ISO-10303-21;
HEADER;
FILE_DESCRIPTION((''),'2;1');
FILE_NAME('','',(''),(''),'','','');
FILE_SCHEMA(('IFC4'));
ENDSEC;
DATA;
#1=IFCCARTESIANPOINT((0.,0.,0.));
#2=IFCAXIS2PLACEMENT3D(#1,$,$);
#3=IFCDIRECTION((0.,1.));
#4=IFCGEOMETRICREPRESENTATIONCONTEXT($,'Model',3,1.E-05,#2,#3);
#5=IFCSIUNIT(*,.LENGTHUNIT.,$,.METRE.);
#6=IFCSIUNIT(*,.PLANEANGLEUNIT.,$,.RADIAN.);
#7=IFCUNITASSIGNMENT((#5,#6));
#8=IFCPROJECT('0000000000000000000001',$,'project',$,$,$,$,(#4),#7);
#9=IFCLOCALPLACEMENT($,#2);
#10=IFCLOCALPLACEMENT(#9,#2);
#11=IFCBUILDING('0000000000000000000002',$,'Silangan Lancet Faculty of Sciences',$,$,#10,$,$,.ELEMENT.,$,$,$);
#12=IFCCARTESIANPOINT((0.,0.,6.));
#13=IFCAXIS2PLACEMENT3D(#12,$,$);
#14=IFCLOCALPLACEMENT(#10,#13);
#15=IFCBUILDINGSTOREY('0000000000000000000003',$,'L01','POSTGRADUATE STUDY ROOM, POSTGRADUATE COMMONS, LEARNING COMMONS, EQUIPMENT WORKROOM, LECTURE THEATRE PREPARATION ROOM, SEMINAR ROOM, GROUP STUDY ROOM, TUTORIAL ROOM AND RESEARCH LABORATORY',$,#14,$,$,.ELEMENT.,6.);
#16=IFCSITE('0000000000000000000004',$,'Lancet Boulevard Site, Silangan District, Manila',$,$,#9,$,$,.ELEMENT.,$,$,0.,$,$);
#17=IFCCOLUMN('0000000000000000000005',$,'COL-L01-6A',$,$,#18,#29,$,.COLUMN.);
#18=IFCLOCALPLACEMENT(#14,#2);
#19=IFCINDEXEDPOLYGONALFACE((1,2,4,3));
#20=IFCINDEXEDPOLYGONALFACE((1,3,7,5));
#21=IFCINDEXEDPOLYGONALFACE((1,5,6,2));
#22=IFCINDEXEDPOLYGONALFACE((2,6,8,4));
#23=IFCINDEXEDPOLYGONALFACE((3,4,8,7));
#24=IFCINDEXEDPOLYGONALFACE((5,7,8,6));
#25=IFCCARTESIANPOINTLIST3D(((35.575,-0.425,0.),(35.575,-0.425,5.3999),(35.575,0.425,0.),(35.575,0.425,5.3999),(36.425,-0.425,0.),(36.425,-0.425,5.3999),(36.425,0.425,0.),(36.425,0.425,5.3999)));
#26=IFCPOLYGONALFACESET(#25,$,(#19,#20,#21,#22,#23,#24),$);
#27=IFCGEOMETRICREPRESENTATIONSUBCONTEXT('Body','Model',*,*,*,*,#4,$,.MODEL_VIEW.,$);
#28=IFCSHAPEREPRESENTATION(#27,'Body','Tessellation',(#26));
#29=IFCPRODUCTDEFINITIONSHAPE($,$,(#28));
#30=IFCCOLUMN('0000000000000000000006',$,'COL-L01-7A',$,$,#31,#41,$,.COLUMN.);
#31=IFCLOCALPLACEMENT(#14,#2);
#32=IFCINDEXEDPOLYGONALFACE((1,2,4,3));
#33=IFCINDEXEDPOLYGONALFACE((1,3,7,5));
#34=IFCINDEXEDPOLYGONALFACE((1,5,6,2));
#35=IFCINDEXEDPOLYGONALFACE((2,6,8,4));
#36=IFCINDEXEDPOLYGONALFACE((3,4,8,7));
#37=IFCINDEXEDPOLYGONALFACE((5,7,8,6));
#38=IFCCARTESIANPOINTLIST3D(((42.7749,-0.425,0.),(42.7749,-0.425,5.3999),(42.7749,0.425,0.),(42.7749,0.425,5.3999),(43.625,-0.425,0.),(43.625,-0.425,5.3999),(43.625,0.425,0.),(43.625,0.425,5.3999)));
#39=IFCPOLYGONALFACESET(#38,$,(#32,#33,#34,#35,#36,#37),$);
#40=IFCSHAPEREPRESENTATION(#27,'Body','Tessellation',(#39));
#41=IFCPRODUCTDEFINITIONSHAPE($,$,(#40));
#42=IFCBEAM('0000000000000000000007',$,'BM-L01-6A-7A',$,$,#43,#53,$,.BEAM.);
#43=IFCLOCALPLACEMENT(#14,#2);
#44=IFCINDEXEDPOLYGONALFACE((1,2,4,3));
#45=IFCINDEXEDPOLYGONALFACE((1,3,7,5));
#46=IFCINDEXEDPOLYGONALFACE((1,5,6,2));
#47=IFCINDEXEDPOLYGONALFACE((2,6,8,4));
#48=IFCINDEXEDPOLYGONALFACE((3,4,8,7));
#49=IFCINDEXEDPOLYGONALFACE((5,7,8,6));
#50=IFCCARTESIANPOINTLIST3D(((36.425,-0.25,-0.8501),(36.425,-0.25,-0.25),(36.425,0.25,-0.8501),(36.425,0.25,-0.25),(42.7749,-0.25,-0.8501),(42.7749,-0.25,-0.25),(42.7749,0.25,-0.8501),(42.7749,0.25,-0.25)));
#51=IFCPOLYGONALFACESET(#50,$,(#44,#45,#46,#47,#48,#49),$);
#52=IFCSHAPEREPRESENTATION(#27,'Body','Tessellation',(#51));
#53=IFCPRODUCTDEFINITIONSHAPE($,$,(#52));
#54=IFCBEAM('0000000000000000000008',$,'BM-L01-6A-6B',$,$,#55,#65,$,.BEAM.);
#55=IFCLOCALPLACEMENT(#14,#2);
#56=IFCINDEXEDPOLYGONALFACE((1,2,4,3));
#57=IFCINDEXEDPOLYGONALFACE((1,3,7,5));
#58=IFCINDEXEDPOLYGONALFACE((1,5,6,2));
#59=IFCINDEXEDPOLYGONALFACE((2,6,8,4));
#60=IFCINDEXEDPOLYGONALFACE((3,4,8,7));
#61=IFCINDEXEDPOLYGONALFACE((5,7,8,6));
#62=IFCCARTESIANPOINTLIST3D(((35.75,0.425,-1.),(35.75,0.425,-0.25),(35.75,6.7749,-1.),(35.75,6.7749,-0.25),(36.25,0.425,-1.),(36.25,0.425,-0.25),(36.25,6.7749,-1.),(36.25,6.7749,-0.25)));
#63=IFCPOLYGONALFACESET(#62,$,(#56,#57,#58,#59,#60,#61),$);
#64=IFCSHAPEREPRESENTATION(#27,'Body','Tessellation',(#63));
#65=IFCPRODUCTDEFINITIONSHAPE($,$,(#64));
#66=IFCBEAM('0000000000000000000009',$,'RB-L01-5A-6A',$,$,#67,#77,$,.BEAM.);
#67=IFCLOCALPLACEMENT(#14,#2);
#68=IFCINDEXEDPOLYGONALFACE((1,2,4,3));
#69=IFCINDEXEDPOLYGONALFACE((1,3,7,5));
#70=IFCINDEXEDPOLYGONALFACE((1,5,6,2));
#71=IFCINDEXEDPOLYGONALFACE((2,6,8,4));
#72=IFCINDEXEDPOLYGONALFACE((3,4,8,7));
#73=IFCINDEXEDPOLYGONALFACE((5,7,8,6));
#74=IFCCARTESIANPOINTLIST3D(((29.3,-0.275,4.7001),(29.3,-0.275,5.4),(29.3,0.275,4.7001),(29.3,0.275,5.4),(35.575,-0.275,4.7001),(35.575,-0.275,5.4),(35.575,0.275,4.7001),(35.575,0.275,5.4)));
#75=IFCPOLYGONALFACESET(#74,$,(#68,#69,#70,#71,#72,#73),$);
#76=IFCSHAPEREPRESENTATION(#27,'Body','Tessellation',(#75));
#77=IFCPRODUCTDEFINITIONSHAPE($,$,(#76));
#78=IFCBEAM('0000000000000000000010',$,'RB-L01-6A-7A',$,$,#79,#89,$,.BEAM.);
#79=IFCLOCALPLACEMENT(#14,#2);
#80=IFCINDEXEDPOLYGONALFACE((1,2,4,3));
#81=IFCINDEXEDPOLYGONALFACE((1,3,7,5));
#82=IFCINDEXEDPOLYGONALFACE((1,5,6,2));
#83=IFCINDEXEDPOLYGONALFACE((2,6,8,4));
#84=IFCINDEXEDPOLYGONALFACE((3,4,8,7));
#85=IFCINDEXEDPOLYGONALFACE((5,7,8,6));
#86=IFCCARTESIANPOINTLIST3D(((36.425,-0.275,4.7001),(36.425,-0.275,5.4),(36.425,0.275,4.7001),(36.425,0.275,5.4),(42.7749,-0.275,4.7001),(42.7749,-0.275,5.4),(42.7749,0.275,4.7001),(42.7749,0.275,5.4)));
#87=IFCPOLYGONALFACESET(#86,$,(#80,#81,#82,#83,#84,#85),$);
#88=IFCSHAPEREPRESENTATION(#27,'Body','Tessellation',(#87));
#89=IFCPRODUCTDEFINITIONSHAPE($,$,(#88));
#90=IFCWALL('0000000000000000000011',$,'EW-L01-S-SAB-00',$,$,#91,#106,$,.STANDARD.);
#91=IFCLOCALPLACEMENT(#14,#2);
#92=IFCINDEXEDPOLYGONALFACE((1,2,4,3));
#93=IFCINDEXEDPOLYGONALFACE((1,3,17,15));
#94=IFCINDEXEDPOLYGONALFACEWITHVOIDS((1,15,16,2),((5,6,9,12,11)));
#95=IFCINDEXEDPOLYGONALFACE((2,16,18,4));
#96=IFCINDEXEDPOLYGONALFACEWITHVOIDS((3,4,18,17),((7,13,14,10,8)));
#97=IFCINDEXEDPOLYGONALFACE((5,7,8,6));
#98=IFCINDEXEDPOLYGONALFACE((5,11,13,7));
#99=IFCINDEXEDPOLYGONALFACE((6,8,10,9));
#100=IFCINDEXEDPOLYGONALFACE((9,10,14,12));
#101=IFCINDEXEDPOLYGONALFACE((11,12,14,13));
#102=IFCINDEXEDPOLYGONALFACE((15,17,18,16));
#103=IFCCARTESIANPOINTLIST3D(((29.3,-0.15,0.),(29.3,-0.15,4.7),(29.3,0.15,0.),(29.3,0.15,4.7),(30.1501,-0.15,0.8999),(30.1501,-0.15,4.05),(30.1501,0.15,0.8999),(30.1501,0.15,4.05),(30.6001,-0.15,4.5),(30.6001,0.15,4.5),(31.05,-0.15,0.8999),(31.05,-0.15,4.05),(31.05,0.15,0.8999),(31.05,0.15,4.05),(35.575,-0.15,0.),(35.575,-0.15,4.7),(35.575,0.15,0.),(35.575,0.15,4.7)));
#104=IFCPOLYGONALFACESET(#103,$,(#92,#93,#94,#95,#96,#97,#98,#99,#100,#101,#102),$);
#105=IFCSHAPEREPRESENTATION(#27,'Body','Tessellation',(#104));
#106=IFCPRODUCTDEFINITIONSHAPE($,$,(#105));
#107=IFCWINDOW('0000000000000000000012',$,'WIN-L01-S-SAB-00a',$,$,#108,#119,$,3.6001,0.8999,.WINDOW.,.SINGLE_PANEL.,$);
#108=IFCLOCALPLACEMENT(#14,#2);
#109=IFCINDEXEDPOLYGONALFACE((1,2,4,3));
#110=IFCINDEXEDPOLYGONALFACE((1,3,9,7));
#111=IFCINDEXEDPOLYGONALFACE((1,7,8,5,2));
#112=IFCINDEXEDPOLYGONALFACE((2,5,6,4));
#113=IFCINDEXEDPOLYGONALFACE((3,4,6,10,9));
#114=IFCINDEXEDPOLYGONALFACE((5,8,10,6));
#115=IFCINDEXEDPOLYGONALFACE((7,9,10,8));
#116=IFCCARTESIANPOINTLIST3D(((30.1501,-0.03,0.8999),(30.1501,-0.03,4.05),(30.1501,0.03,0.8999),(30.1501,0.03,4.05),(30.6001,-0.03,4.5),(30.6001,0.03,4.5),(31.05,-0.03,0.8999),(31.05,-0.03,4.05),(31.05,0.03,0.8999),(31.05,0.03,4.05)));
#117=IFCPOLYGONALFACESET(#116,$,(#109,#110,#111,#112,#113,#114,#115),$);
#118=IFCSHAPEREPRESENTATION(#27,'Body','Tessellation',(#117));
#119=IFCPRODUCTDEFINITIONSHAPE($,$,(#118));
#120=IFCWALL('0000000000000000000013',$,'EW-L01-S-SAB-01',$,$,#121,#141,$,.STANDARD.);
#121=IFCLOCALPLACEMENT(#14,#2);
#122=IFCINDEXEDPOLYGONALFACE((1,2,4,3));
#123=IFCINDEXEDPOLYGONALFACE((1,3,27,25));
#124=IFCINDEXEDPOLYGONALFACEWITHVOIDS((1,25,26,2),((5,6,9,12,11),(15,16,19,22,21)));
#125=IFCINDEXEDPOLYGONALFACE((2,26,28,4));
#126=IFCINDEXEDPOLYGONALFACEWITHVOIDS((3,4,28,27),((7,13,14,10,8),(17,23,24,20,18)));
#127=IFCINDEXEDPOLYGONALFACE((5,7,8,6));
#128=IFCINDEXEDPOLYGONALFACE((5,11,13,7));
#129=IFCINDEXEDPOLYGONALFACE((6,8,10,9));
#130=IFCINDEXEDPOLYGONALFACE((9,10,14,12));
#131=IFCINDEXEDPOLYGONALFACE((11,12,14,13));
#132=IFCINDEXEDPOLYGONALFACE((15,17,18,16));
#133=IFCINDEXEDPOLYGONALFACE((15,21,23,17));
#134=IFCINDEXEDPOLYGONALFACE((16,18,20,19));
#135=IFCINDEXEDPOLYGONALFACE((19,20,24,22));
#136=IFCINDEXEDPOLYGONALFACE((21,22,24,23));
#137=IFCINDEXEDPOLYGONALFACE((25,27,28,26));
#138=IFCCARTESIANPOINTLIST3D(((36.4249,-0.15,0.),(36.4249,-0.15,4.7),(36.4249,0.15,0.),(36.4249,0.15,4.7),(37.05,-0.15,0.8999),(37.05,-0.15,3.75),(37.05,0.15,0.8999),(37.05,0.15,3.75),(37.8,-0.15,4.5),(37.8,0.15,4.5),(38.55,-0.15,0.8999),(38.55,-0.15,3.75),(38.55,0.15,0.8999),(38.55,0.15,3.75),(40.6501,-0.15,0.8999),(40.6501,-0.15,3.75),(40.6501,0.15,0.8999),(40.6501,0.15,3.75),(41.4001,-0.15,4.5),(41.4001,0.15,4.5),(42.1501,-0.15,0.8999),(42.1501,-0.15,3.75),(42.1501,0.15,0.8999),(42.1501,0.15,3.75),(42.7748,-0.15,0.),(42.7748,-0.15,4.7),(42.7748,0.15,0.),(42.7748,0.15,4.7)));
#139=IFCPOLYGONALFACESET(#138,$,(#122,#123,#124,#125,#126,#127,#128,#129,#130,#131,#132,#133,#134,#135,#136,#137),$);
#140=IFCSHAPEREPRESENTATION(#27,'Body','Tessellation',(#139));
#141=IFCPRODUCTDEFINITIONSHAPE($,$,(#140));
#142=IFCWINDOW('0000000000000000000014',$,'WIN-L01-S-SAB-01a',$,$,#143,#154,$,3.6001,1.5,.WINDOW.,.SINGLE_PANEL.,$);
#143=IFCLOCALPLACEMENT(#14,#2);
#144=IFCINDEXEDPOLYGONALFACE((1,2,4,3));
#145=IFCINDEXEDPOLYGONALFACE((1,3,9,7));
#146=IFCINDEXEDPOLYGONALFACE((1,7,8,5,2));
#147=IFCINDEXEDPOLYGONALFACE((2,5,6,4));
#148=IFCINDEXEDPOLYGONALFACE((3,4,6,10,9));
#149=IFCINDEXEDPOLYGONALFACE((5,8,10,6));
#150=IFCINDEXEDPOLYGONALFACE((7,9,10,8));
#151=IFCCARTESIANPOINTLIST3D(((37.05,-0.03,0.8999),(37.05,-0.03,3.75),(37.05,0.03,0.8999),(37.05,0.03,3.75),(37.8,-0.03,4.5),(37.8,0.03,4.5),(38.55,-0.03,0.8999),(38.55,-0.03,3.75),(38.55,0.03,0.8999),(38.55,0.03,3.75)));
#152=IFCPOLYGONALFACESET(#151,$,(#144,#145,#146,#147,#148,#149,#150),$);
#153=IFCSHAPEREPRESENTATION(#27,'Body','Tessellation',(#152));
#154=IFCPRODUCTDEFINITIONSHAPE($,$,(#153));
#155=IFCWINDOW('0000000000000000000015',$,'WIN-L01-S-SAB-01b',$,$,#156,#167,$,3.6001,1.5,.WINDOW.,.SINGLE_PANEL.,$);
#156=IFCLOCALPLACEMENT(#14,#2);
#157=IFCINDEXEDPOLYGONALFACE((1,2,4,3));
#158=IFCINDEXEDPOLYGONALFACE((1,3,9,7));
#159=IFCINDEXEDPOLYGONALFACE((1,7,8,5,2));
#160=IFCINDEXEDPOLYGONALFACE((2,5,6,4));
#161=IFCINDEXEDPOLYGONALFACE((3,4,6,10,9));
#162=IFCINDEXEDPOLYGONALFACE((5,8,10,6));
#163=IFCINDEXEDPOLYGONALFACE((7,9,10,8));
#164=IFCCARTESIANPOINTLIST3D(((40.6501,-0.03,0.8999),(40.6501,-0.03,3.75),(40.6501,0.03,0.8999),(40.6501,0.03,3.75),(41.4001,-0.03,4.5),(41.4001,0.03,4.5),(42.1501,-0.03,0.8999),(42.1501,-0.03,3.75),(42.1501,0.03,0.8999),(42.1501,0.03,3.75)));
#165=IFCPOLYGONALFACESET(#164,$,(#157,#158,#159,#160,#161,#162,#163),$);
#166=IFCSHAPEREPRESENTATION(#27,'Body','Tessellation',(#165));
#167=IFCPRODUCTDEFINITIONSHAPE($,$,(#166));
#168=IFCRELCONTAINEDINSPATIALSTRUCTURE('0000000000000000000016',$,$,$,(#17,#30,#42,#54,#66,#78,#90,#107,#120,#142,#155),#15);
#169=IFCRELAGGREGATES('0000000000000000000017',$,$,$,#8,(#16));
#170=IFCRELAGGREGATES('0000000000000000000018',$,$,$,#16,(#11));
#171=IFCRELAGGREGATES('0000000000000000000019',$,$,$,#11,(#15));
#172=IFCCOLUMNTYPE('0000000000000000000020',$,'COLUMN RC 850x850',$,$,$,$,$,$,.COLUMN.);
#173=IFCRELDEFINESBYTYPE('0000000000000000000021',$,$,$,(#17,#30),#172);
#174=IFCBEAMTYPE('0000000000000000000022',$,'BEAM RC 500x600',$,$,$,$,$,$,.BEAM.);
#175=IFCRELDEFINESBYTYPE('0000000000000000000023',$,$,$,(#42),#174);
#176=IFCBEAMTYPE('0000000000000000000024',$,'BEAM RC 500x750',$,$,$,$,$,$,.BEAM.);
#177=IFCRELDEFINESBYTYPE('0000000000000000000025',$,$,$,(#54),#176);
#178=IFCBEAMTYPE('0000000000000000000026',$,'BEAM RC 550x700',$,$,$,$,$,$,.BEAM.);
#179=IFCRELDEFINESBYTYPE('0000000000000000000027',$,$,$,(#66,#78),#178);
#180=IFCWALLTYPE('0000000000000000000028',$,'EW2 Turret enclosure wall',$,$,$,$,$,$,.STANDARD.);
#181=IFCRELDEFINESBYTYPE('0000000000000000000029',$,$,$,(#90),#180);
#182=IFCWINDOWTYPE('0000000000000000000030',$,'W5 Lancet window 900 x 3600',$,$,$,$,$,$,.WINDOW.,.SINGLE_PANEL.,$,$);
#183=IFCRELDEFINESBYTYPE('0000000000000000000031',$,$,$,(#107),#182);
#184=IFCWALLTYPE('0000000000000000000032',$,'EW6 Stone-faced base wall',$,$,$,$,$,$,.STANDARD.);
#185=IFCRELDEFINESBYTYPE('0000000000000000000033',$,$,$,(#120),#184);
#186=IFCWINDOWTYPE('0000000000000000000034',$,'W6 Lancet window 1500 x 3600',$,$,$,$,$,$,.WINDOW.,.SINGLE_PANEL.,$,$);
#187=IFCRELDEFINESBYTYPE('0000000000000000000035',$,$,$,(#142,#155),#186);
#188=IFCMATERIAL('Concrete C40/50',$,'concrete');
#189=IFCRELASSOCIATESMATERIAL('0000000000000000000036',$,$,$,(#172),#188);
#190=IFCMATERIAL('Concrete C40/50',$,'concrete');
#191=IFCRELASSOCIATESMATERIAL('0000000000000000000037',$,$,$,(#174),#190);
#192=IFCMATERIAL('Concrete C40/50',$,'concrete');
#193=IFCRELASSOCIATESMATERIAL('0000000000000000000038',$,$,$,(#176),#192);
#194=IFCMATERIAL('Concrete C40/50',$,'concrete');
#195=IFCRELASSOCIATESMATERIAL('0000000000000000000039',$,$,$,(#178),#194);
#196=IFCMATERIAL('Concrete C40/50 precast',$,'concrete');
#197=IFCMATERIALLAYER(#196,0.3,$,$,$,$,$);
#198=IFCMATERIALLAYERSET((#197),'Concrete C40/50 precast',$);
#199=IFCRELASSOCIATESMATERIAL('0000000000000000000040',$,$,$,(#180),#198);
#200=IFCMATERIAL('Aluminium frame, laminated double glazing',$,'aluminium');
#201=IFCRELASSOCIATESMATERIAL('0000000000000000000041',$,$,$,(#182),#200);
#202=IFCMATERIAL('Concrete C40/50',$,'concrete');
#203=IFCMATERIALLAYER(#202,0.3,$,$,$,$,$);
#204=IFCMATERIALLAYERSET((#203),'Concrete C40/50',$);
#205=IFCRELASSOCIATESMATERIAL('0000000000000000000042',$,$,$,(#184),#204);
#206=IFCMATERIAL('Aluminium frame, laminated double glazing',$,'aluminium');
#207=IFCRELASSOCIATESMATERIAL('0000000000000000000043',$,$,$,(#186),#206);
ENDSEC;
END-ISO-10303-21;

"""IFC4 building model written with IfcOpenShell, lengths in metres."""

from ifc_helpers import new_model, si_unit, direction, frame, frame_2d, origin, origin_2d, place, context, subcontext, project, spatial, polyline, rectangle, outline, extrude, material, layer, layer_set, material_profile, profile_set, type_object, element, fill, save


model = new_model("IFC4")

# Units and contexts
model_context = context("Model", 3, precision=1e-05, world=origin(), true_north=direction((0.0, 1.0)))
body_context = subcontext(model_context, "Body", "Model", "MODEL_VIEW")
ifc_project = project(units=[si_unit("LENGTHUNIT", "METRE"), si_unit("PLANEANGLEUNIT", "RADIAN")], contexts=[model_context])

# Site, building, storey
site_placement = place(None, origin())
site = spatial("IfcSite", under=ifc_project, at=site_placement, Name="Lancet Boulevard Site, Silangan District, Manila", CompositionType="ELEMENT", RefElevation=0.0)
building_placement = place(site_placement, origin())
building = spatial("IfcBuilding", under=site, at=building_placement, Name="Silangan Lancet Faculty of Sciences", CompositionType="ELEMENT")
storey_placement = place(building_placement, frame((0.0, 0.0, 6.0)))
storey = spatial("IfcBuildingStorey", under=building, at=storey_placement, Name="L01", Description="POSTGRADUATE STUDY ROOM, POSTGRADUATE COMMONS, LEARNING COMMONS, EQUIPMENT WORKROOM, LECTURE THEATRE PREPARATION ROOM, SEMINAR ROOM, GROUP STUDY ROOM, TUTORIAL ROOM AND RESEARCH LABORATORY", CompositionType="ELEMENT", Elevation=6.0)

# Columns
ifc_material_1 = material(Name="Concrete C40/50", Category="concrete")
ifc_material_profile_1 = material_profile(ifc_material_1, rectangle(XDim=0.8501, YDim=0.8501, at=origin_2d()), Name="RC 850x850")
ifc_profile_set_1 = profile_set([ifc_material_profile_1], Name="Concrete C40/50")
column_type = type_object("IfcColumnType", Name="COLUMN RC 850x850", PredefinedType="COLUMN", material=ifc_profile_set_1)
for number, where, z_axis, x_axis, name in (
    (1, (36.0, 0.0, 0.0), (0.0, 0.0, 1.0), (1.0, 0.0, 0.0), "COL-L01-6A"),
    (2, (43.2, 0.0, 0.0), (0.0, 0.0, 1.0), (1.0, 0.0, 0.0), "COL-L01-7A"),
):
    element("IfcColumn", number, at=place(storey_placement, frame(where, z_axis=z_axis, x_axis=x_axis)), inside=storey, type_object=column_type, Name=name, PredefinedType="COLUMN", context=body_context, shape_type="SweptSolid", body=[
        extrude(rectangle(XDim=0.8501, YDim=0.8501, at=origin_2d()), origin(), (0.0, 0.0, 1.0), 5.3999),
    ])

# Beams
ifc_material_2 = material(Name="Concrete C40/50", Category="concrete")
ifc_material_profile_2 = material_profile(ifc_material_2, rectangle(XDim=0.5, YDim=0.6001, at=origin_2d()), Name="RC 500x600")
ifc_profile_set_2 = profile_set([ifc_material_profile_2], Name="Concrete C40/50")
beam_type_1 = type_object("IfcBeamType", Name="BEAM RC 500x600", PredefinedType="BEAM", material=ifc_profile_set_2)
beam_1_placement = place(storey_placement, frame((36.425, 0.0, -0.55), z_axis=(1.0, 0.0, 0.0), x_axis=(0.0, 1.0, 0.0)))
element("IfcBeam", 3, at=beam_1_placement, inside=storey, type_object=beam_type_1, Name="BM-L01-6A-7A", PredefinedType="BEAM", context=body_context, shape_type="SweptSolid", body=[
    extrude(rectangle(XDim=0.5, YDim=0.6001, at=origin_2d()), origin(), (0.0, 0.0, 1.0), 6.3499),
])
ifc_material_3 = material(Name="Concrete C40/50", Category="concrete")
ifc_material_profile_3 = material_profile(ifc_material_3, rectangle(XDim=0.5, YDim=0.75, at=origin_2d()), Name="RC 500x750")
ifc_profile_set_3 = profile_set([ifc_material_profile_3], Name="Concrete C40/50")
beam_type_2 = type_object("IfcBeamType", Name="BEAM RC 500x750", PredefinedType="BEAM", material=ifc_profile_set_3)
beam_2_placement = place(storey_placement, frame((36.0, 0.425, -0.625), z_axis=(0.0, 1.0, 0.0), x_axis=(-1.0, 0.0, 0.0)))
element("IfcBeam", 4, at=beam_2_placement, inside=storey, type_object=beam_type_2, Name="BM-L01-6A-6B", PredefinedType="BEAM", context=body_context, shape_type="SweptSolid", body=[
    extrude(rectangle(XDim=0.5, YDim=0.75, at=origin_2d()), origin(), (0.0, 0.0, 1.0), 6.3499),
])
ifc_material_4 = material(Name="Concrete C40/50", Category="concrete")
ifc_material_profile_4 = material_profile(ifc_material_4, rectangle(XDim=0.55, YDim=0.7, at=origin_2d()), Name="RC 550x700")
ifc_profile_set_4 = profile_set([ifc_material_profile_4], Name="Concrete C40/50")
beam_type_3 = type_object("IfcBeamType", Name="BEAM RC 550x700", PredefinedType="BEAM", material=ifc_profile_set_4)
beam_3_placement = place(storey_placement, frame((29.3, 0.0, 5.05), z_axis=(1.0, 0.0, 0.0), x_axis=(0.0, 1.0, 0.0)))
element("IfcBeam", 5, at=beam_3_placement, inside=storey, type_object=beam_type_3, Name="RB-L01-5A-6A", PredefinedType="BEAM", context=body_context, shape_type="SweptSolid", body=[
    extrude(rectangle(XDim=0.55, YDim=0.7, at=origin_2d()), origin(), (0.0, 0.0, 1.0), 6.2749),
])
beam_4_placement = place(storey_placement, frame((36.425, 0.0, 5.05), z_axis=(1.0, 0.0, 0.0), x_axis=(0.0, 1.0, 0.0)))
element("IfcBeam", 6, at=beam_4_placement, inside=storey, type_object=beam_type_3, Name="RB-L01-6A-7A", PredefinedType="BEAM", context=body_context, shape_type="SweptSolid", body=[
    extrude(rectangle(XDim=0.55, YDim=0.7, at=origin_2d()), origin(), (0.0, 0.0, 1.0), 6.3499),
])

# Wall, opening, window
ifc_material_5 = material(Name="Concrete C40/50 precast", Category="concrete")
ifc_layer_1 = layer(ifc_material_5, 0.3)
ifc_layer_set_1 = layer_set([ifc_layer_1], Name="Concrete C40/50 precast")
wall_type_1 = type_object("IfcWallType", Name="EW2 Turret enclosure wall", PredefinedType="STANDARD", material=ifc_layer_set_1)
wall_1_placement = place(storey_placement, frame((29.3, 0.0, 0.0), z_axis=(0.0, 0.0, 1.0), x_axis=(1.0, 0.0, 0.0)))
wall_1 = element("IfcWall", 7, at=wall_1_placement, inside=storey, type_object=wall_type_1, Name="EW-L01-S-SAB-00", PredefinedType="STANDARD", context=body_context, shape_type="SweptSolid", body=[
    extrude(rectangle(XDim=6.2749, YDim=0.3, at=frame_2d((3.1375, 0.0))), origin(), (0.0, 0.0, 1.0), 4.7),
])
opening_1_placement = place(wall_1_placement, frame((0.8501, 0.0, 0.8999)))
opening_1 = element("IfcOpeningElement", 8, at=opening_1_placement, cuts=wall_1, PredefinedType="OPENING", context=body_context, shape_type="SweptSolid", body=[
    extrude(outline(polyline([(0.0, 0.0), (0.8999, 0.0), (0.8999, 3.1501), (0.45, 3.6001), (0.0, 3.1501), (0.0, 0.0)])), frame((0.0, 0.1599, 0.0), z_axis=(0.0, -1.0, 0.0), x_axis=(1.0, 0.0, 0.0)), (0.0, 0.0, 1.0), 0.3201),
])
ifc_material_6 = material(Name="Aluminium frame, laminated double glazing", Category="aluminium")
window_type_1 = type_object("IfcWindowType", Name="W5 Lancet window 900 x 3600", PartitioningType="SINGLE_PANEL", PredefinedType="WINDOW", material=ifc_material_6)
window_1_placement = place(opening_1_placement, origin())
window_1 = element("IfcWindow", 9, at=window_1_placement, inside=storey, type_object=window_type_1, Name="WIN-L01-S-SAB-00a", OverallHeight=3.6001, OverallWidth=0.8999, PartitioningType="SINGLE_PANEL", PredefinedType="WINDOW", context=body_context, shape_type="SweptSolid", body=[
    extrude(outline(polyline([(0.0, 0.0), (0.8999, 0.0), (0.8999, 3.1501), (0.45, 3.6001), (0.0, 3.1501), (0.0, 0.0)])), frame((0.0, 0.03, 0.0), z_axis=(0.0, -1.0, 0.0), x_axis=(1.0, 0.0, 0.0)), (0.0, 0.0, 1.0), 0.0601),
])
fill(opening_1, window_1)

# Wall, openings, windows
ifc_material_7 = material(Name="Concrete C40/50", Category="concrete")
ifc_layer_2 = layer(ifc_material_7, 0.3)
ifc_layer_set_2 = layer_set([ifc_layer_2], Name="Concrete C40/50")
wall_type_2 = type_object("IfcWallType", Name="EW6 Stone-faced base wall", PredefinedType="STANDARD", material=ifc_layer_set_2)
wall_2_placement = place(storey_placement, frame((36.425, 0.0, 0.0), z_axis=(0.0, 0.0, 1.0), x_axis=(1.0, 0.0, 0.0)))
wall_2 = element("IfcWall", 10, at=wall_2_placement, inside=storey, type_object=wall_type_2, Name="EW-L01-S-SAB-01", PredefinedType="STANDARD", context=body_context, shape_type="SweptSolid", body=[
    extrude(rectangle(XDim=6.3499, YDim=0.3, at=frame_2d((3.1748, 0.0))), origin(), (0.0, 0.0, 1.0), 4.7),
])
opening_2_placement = place(wall_2_placement, frame((0.625, 0.0, 0.8999)))
opening_2 = element("IfcOpeningElement", 11, at=opening_2_placement, cuts=wall_2, PredefinedType="OPENING", context=body_context, shape_type="SweptSolid", body=[
    extrude(outline(polyline([(0.0, 0.0), (1.5, 0.0), (1.5, 2.8501), (0.75, 3.6001), (0.0, 2.8501), (0.0, 0.0)])), frame((0.0, 0.1599, 0.0), z_axis=(0.0, -1.0, 0.0), x_axis=(1.0, 0.0, 0.0)), (0.0, 0.0, 1.0), 0.3201),
])
opening_3_placement = place(wall_2_placement, frame((4.2251, 0.0, 0.8999)))
opening_3 = element("IfcOpeningElement", 12, at=opening_3_placement, cuts=wall_2, PredefinedType="OPENING", context=body_context, shape_type="SweptSolid", body=[
    extrude(outline(polyline([(0.0, 0.0), (1.5, 0.0), (1.5, 2.8501), (0.75, 3.6001), (0.0, 2.8501), (0.0, 0.0)])), frame((0.0, 0.1599, 0.0), z_axis=(0.0, -1.0, 0.0), x_axis=(1.0, 0.0, 0.0)), (0.0, 0.0, 1.0), 0.3201),
])
ifc_material_8 = material(Name="Aluminium frame, laminated double glazing", Category="aluminium")
window_type_2 = type_object("IfcWindowType", Name="W6 Lancet window 1500 x 3600", PartitioningType="SINGLE_PANEL", PredefinedType="WINDOW", material=ifc_material_8)
window_2_placement = place(opening_2_placement, origin())
window_2 = element("IfcWindow", 13, at=window_2_placement, inside=storey, type_object=window_type_2, Name="WIN-L01-S-SAB-01a", OverallHeight=3.6001, OverallWidth=1.5, PartitioningType="SINGLE_PANEL", PredefinedType="WINDOW", context=body_context, shape_type="SweptSolid", body=[
    extrude(outline(polyline([(0.0, 0.0), (1.5, 0.0), (1.5, 2.8501), (0.75, 3.6001), (0.0, 2.8501), (0.0, 0.0)])), frame((0.0, 0.03, 0.0), z_axis=(0.0, -1.0, 0.0), x_axis=(1.0, 0.0, 0.0)), (0.0, 0.0, 1.0), 0.0601),
])
fill(opening_2, window_2)
window_3_placement = place(opening_3_placement, origin())
window_3 = element("IfcWindow", 14, at=window_3_placement, inside=storey, type_object=window_type_2, Name="WIN-L01-S-SAB-01b", OverallHeight=3.6001, OverallWidth=1.5, PartitioningType="SINGLE_PANEL", PredefinedType="WINDOW", context=body_context, shape_type="SweptSolid", body=[
    extrude(outline(polyline([(0.0, 0.0), (1.5, 0.0), (1.5, 2.8501), (0.75, 3.6001), (0.0, 2.8501), (0.0, 0.0)])), frame((0.0, 0.03, 0.0), z_axis=(0.0, -1.0, 0.0), x_axis=(1.0, 0.0, 0.0)), (0.0, 0.0, 1.0), 0.0601),
])
fill(opening_3, window_3)

save(model, "model.ifc")
